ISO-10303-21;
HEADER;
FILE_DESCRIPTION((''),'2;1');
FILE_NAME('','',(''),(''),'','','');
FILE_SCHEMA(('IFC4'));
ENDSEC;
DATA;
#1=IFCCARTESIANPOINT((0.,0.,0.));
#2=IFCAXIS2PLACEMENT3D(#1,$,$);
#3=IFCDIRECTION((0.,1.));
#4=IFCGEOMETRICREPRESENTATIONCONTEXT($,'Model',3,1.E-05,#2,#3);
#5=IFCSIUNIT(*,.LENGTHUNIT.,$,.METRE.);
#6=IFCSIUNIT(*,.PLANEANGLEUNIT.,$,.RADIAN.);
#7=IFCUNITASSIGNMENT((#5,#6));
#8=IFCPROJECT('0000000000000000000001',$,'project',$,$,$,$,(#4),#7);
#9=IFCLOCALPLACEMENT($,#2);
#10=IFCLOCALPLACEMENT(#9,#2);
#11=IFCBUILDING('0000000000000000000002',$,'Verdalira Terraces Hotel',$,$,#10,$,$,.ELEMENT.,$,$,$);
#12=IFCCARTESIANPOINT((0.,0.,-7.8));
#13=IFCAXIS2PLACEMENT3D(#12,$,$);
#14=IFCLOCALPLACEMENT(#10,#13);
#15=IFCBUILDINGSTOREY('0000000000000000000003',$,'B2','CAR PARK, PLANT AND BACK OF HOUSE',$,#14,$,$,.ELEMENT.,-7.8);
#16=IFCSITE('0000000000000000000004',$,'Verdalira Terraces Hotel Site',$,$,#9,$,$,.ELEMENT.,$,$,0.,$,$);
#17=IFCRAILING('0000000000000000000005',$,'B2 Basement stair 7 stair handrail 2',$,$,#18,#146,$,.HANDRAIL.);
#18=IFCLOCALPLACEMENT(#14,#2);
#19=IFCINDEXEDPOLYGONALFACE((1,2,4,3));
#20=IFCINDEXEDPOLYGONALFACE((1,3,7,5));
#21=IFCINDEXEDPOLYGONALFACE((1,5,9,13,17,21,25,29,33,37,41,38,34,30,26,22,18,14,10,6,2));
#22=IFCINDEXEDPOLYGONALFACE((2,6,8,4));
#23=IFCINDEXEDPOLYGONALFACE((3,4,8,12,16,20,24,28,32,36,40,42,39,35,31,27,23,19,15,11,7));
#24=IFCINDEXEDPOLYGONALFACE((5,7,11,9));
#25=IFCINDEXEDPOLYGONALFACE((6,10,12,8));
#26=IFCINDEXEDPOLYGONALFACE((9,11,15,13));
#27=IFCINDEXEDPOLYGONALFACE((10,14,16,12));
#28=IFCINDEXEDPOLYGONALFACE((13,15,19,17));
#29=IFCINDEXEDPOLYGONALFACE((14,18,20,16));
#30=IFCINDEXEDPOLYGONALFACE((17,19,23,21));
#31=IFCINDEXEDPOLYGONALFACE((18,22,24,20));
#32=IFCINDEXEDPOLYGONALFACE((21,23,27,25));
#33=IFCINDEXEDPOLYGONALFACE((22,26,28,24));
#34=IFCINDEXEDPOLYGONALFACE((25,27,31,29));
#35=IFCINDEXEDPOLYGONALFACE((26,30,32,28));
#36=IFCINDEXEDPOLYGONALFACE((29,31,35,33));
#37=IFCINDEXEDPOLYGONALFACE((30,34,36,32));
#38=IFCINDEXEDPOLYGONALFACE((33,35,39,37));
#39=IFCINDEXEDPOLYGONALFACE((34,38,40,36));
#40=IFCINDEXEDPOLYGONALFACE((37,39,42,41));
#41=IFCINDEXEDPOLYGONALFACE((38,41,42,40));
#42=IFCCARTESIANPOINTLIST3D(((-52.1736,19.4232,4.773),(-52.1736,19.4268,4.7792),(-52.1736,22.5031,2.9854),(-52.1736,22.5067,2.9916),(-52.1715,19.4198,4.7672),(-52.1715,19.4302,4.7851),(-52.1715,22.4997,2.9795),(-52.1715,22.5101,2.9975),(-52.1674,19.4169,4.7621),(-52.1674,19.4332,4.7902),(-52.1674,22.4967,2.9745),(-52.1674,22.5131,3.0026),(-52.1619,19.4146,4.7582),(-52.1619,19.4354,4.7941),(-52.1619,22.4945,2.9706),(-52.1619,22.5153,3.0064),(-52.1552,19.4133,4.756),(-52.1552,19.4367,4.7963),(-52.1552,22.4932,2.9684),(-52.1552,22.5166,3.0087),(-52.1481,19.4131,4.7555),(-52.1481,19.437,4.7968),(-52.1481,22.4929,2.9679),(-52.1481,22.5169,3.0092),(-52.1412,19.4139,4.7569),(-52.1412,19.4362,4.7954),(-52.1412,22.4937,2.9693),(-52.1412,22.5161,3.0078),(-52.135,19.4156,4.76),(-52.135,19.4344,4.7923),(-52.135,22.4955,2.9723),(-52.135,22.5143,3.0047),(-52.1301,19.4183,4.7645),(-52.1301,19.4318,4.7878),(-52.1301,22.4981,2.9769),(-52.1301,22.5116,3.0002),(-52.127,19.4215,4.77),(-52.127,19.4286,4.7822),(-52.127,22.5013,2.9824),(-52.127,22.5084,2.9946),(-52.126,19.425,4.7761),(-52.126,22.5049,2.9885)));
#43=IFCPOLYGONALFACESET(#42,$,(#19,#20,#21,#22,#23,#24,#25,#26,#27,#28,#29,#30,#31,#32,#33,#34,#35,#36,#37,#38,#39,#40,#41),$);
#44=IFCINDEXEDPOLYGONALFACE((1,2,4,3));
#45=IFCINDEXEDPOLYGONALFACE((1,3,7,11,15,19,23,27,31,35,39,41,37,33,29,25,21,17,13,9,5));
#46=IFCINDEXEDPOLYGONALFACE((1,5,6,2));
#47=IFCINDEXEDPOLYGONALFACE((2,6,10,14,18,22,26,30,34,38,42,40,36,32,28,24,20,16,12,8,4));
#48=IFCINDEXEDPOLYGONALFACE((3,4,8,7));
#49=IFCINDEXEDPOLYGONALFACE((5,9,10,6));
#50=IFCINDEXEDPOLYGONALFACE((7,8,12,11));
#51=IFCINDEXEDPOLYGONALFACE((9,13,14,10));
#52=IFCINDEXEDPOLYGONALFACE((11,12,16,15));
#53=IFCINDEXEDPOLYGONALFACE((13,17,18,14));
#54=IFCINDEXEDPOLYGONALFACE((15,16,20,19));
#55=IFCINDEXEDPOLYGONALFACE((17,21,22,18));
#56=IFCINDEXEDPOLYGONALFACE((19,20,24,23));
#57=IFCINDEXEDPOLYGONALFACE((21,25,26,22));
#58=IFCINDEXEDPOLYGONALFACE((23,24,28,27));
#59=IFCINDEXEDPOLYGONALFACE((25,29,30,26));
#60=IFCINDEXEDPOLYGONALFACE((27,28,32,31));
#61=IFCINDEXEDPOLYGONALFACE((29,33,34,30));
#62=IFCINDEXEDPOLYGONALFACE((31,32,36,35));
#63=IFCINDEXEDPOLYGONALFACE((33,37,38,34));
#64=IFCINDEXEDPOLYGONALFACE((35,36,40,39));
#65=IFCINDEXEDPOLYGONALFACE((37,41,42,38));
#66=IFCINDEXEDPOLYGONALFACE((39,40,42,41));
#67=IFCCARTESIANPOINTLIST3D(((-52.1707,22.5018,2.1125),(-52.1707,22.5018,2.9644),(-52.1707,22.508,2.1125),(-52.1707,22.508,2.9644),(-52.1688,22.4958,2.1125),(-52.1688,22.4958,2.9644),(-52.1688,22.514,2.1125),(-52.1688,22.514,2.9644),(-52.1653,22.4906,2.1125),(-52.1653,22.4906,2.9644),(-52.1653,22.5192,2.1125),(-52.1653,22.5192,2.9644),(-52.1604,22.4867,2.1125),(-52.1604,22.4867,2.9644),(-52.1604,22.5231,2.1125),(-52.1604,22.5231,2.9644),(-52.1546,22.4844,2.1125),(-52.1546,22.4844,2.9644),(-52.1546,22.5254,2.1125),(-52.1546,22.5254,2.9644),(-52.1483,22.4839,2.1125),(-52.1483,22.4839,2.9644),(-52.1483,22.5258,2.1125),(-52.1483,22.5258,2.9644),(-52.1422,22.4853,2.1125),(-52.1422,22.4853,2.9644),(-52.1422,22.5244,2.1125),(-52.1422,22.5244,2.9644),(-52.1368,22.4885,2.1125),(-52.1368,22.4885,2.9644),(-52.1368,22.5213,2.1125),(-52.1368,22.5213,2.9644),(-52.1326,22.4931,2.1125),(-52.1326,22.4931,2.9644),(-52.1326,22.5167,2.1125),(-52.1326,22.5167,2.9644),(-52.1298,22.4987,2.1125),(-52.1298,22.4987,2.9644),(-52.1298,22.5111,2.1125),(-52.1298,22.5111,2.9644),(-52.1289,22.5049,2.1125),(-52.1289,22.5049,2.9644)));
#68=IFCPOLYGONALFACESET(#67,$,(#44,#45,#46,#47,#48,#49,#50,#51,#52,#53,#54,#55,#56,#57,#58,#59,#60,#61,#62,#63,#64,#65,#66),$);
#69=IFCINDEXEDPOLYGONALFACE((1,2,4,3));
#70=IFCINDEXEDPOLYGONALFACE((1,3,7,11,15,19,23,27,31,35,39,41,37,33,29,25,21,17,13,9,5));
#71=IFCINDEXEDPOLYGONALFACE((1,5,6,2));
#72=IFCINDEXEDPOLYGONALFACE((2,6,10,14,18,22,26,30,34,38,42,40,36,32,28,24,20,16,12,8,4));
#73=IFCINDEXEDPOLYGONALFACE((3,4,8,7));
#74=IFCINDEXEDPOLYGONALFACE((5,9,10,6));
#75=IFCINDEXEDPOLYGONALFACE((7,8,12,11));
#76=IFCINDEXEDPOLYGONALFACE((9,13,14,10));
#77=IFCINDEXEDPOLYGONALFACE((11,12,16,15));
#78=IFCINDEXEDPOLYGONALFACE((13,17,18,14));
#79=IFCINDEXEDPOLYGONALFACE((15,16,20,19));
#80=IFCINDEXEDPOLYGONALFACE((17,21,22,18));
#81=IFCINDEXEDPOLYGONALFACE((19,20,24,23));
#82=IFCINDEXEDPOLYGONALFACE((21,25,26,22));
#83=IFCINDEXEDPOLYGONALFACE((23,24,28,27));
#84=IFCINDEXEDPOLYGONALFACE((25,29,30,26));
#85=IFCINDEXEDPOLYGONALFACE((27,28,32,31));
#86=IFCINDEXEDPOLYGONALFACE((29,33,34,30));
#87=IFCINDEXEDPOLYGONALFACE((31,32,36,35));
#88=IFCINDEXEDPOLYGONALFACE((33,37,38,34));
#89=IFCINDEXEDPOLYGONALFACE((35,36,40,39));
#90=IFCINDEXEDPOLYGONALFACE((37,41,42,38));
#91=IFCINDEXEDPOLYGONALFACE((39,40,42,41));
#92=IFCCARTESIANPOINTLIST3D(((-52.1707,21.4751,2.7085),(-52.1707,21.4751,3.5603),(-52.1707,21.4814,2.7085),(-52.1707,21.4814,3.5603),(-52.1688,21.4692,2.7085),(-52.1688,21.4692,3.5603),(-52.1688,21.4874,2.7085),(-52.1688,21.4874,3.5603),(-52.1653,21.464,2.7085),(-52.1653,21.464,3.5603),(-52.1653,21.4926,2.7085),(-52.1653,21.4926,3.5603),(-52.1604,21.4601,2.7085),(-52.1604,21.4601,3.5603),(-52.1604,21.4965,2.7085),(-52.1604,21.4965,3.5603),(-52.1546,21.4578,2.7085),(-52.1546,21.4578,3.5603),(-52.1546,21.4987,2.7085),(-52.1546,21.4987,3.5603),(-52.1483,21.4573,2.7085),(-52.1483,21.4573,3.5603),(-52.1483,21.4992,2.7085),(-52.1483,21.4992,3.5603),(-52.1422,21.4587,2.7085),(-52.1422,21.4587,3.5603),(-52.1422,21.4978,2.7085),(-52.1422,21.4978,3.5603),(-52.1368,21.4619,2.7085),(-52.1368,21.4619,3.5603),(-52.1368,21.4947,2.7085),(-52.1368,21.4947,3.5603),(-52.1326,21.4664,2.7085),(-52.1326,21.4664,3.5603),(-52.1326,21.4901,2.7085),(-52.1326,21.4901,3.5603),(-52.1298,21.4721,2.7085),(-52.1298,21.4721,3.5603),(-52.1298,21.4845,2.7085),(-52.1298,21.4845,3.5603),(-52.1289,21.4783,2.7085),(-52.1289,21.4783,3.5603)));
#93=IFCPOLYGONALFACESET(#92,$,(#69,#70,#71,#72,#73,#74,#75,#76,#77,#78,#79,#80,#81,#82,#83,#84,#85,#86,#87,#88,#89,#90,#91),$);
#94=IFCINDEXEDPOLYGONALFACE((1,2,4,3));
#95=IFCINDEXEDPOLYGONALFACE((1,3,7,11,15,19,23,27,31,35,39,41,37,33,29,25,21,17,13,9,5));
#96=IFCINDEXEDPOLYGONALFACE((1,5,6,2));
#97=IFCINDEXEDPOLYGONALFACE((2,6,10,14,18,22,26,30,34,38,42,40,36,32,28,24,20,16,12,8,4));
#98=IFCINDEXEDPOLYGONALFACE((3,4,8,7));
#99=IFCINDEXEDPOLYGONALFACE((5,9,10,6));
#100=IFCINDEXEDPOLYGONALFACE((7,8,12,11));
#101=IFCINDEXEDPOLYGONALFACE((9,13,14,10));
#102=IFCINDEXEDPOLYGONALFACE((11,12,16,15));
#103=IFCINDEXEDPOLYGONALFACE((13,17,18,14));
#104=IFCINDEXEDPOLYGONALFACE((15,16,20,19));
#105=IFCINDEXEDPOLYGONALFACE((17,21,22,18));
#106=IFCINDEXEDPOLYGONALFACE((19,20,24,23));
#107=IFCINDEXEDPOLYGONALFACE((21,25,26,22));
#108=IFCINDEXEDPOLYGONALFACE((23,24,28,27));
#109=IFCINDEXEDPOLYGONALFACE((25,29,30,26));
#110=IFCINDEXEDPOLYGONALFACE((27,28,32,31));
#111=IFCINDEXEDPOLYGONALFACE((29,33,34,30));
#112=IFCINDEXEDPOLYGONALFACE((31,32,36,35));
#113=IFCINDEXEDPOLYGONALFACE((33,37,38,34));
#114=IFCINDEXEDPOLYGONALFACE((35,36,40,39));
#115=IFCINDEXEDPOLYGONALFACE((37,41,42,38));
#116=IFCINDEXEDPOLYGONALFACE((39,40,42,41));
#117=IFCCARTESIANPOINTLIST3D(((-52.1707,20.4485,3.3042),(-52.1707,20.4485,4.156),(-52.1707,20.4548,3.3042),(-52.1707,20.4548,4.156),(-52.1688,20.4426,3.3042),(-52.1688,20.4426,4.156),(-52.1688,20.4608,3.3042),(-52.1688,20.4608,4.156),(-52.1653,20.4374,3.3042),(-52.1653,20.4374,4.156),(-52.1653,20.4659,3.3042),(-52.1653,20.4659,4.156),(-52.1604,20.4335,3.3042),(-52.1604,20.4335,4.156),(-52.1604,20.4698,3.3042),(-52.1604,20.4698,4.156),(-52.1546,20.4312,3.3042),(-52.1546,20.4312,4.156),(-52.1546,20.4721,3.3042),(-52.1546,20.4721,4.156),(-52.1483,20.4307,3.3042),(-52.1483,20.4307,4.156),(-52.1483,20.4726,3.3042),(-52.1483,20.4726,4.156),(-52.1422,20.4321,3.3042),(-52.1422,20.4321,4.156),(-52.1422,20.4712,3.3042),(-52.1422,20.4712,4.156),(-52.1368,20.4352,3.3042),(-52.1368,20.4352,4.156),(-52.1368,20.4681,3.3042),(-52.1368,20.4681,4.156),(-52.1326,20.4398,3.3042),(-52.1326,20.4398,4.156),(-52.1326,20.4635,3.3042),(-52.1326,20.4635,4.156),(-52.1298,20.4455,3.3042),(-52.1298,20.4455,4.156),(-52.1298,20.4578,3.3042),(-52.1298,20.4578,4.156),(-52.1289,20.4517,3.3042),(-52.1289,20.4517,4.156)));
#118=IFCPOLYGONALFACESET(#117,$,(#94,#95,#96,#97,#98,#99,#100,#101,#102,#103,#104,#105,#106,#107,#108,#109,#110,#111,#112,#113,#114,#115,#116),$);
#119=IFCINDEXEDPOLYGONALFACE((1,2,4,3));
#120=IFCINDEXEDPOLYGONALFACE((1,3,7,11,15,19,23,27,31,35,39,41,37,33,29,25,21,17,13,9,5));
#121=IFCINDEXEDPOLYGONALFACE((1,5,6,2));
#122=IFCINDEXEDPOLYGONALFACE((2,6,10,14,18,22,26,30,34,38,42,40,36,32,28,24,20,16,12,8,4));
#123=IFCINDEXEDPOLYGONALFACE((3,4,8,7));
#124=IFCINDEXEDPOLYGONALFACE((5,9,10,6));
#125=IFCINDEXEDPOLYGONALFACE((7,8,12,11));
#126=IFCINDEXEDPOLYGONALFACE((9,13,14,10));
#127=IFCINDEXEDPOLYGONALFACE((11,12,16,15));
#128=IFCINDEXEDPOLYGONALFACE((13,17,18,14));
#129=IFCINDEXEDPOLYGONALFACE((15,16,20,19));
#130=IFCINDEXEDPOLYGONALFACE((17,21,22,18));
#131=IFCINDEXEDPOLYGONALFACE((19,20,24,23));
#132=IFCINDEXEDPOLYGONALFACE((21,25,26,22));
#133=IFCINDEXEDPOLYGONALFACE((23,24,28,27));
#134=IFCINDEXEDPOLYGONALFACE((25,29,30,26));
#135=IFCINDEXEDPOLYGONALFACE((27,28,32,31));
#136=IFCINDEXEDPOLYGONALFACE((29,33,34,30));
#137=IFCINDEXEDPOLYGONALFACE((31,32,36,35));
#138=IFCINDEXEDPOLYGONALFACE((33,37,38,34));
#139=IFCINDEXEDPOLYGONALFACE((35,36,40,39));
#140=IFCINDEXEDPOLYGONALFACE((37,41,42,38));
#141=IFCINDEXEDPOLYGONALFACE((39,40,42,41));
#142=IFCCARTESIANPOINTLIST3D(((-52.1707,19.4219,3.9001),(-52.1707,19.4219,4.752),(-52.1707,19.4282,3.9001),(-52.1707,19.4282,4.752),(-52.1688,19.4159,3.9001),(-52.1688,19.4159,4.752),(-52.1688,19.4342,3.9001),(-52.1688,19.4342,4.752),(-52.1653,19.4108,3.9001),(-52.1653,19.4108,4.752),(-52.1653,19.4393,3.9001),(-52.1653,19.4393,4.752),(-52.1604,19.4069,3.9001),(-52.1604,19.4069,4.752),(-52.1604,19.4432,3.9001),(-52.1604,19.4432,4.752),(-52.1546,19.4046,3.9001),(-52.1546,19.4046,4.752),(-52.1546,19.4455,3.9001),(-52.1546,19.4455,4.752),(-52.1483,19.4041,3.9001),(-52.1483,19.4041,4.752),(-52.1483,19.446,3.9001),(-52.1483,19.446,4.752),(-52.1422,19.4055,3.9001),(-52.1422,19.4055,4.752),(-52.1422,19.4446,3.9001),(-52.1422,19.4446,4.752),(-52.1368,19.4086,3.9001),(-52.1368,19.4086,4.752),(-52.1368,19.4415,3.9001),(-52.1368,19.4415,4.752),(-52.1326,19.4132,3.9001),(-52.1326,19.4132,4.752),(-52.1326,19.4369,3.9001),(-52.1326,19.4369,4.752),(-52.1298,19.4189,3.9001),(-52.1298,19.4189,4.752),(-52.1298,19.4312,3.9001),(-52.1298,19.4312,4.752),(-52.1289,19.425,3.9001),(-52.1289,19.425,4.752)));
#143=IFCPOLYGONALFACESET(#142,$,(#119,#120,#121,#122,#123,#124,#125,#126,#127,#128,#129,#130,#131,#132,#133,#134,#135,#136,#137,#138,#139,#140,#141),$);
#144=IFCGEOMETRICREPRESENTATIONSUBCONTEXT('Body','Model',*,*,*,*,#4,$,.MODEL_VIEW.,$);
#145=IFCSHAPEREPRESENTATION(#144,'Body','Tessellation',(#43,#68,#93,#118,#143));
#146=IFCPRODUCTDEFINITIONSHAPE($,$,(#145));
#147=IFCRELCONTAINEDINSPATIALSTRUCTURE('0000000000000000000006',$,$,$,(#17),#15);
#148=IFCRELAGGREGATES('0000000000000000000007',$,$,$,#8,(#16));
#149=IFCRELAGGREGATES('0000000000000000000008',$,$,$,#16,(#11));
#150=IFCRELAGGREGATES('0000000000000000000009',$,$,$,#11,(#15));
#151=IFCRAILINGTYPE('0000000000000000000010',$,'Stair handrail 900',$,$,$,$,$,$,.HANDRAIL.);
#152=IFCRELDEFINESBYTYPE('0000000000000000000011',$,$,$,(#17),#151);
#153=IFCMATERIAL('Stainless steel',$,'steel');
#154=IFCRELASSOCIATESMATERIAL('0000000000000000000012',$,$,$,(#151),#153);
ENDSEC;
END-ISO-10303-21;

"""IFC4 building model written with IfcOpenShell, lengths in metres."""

from ifc_helpers import new_model, si_unit, direction, frame, origin, origin_2d, place, context, subcontext, project, spatial, circle, extrude, material, type_object, element, save


model = new_model("IFC4")

# Units and contexts
model_context = context("Model", 3, precision=1e-05, world=origin(), true_north=direction((0.0, 1.0)))
body_context = subcontext(model_context, "Body", "Model", "MODEL_VIEW")
ifc_project = project(units=[si_unit("LENGTHUNIT", "METRE"), si_unit("PLANEANGLEUNIT", "RADIAN")], contexts=[model_context])

# Site, building, storey
site_placement = place(None, origin())
site = spatial("IfcSite", under=ifc_project, at=site_placement, Name="Verdalira Terraces Hotel Site", CompositionType="ELEMENT", RefElevation=0.0)
building_placement = place(site_placement, origin())
building = spatial("IfcBuilding", under=site, at=building_placement, Name="Verdalira Terraces Hotel", CompositionType="ELEMENT")
storey_placement = place(building_placement, frame((0.0, 0.0, -7.8)))
storey = spatial("IfcBuildingStorey", under=building, at=storey_placement, Name="B2", Description="CAR PARK, PLANT AND BACK OF HOUSE", CompositionType="ELEMENT", Elevation=-7.8)

# Railing
ifc_material_1 = material(Name="Stainless steel", Category="steel")
railing_type_1 = type_object("IfcRailingType", Name="Stair handrail 900", PredefinedType="HANDRAIL", material=ifc_material_1)
railing_1_placement = place(storey_placement, frame((-52.1499, 22.5049, 2.1125)))
element("IfcRailing", 1, at=railing_1_placement, inside=storey, type_object=railing_type_1, Name="B2 Basement stair 7 stair handrail 2", PredefinedType="HANDRAIL", context=body_context, shape_type="SweptSolid", body=[
    extrude(circle(Radius=0.0239, at=origin_2d()), frame((0.0, 0.0, 0.876), z_axis=(0.0, -0.864873, 0.50199), x_axis=(1.0, 0.0, 0.0)), (0.0, 0.0, 1.0), 3.561),
    extrude(circle(Radius=0.021, at=origin_2d()), origin(), (0.0, 0.0, 1.0), 0.8518),
    extrude(circle(Radius=0.021, at=origin_2d()), frame((0.0, -1.0266, 0.5959)), (0.0, 0.0, 1.0), 0.8518),
    extrude(circle(Radius=0.021, at=origin_2d()), frame((0.0, -2.0532, 1.1917)), (0.0, 0.0, 1.0), 0.8518),
    extrude(circle(Radius=0.021, at=origin_2d()), frame((0.0, -3.0798, 1.7876)), (0.0, 0.0, 1.0), 0.8518),
])

save(model, "model.ifc")
